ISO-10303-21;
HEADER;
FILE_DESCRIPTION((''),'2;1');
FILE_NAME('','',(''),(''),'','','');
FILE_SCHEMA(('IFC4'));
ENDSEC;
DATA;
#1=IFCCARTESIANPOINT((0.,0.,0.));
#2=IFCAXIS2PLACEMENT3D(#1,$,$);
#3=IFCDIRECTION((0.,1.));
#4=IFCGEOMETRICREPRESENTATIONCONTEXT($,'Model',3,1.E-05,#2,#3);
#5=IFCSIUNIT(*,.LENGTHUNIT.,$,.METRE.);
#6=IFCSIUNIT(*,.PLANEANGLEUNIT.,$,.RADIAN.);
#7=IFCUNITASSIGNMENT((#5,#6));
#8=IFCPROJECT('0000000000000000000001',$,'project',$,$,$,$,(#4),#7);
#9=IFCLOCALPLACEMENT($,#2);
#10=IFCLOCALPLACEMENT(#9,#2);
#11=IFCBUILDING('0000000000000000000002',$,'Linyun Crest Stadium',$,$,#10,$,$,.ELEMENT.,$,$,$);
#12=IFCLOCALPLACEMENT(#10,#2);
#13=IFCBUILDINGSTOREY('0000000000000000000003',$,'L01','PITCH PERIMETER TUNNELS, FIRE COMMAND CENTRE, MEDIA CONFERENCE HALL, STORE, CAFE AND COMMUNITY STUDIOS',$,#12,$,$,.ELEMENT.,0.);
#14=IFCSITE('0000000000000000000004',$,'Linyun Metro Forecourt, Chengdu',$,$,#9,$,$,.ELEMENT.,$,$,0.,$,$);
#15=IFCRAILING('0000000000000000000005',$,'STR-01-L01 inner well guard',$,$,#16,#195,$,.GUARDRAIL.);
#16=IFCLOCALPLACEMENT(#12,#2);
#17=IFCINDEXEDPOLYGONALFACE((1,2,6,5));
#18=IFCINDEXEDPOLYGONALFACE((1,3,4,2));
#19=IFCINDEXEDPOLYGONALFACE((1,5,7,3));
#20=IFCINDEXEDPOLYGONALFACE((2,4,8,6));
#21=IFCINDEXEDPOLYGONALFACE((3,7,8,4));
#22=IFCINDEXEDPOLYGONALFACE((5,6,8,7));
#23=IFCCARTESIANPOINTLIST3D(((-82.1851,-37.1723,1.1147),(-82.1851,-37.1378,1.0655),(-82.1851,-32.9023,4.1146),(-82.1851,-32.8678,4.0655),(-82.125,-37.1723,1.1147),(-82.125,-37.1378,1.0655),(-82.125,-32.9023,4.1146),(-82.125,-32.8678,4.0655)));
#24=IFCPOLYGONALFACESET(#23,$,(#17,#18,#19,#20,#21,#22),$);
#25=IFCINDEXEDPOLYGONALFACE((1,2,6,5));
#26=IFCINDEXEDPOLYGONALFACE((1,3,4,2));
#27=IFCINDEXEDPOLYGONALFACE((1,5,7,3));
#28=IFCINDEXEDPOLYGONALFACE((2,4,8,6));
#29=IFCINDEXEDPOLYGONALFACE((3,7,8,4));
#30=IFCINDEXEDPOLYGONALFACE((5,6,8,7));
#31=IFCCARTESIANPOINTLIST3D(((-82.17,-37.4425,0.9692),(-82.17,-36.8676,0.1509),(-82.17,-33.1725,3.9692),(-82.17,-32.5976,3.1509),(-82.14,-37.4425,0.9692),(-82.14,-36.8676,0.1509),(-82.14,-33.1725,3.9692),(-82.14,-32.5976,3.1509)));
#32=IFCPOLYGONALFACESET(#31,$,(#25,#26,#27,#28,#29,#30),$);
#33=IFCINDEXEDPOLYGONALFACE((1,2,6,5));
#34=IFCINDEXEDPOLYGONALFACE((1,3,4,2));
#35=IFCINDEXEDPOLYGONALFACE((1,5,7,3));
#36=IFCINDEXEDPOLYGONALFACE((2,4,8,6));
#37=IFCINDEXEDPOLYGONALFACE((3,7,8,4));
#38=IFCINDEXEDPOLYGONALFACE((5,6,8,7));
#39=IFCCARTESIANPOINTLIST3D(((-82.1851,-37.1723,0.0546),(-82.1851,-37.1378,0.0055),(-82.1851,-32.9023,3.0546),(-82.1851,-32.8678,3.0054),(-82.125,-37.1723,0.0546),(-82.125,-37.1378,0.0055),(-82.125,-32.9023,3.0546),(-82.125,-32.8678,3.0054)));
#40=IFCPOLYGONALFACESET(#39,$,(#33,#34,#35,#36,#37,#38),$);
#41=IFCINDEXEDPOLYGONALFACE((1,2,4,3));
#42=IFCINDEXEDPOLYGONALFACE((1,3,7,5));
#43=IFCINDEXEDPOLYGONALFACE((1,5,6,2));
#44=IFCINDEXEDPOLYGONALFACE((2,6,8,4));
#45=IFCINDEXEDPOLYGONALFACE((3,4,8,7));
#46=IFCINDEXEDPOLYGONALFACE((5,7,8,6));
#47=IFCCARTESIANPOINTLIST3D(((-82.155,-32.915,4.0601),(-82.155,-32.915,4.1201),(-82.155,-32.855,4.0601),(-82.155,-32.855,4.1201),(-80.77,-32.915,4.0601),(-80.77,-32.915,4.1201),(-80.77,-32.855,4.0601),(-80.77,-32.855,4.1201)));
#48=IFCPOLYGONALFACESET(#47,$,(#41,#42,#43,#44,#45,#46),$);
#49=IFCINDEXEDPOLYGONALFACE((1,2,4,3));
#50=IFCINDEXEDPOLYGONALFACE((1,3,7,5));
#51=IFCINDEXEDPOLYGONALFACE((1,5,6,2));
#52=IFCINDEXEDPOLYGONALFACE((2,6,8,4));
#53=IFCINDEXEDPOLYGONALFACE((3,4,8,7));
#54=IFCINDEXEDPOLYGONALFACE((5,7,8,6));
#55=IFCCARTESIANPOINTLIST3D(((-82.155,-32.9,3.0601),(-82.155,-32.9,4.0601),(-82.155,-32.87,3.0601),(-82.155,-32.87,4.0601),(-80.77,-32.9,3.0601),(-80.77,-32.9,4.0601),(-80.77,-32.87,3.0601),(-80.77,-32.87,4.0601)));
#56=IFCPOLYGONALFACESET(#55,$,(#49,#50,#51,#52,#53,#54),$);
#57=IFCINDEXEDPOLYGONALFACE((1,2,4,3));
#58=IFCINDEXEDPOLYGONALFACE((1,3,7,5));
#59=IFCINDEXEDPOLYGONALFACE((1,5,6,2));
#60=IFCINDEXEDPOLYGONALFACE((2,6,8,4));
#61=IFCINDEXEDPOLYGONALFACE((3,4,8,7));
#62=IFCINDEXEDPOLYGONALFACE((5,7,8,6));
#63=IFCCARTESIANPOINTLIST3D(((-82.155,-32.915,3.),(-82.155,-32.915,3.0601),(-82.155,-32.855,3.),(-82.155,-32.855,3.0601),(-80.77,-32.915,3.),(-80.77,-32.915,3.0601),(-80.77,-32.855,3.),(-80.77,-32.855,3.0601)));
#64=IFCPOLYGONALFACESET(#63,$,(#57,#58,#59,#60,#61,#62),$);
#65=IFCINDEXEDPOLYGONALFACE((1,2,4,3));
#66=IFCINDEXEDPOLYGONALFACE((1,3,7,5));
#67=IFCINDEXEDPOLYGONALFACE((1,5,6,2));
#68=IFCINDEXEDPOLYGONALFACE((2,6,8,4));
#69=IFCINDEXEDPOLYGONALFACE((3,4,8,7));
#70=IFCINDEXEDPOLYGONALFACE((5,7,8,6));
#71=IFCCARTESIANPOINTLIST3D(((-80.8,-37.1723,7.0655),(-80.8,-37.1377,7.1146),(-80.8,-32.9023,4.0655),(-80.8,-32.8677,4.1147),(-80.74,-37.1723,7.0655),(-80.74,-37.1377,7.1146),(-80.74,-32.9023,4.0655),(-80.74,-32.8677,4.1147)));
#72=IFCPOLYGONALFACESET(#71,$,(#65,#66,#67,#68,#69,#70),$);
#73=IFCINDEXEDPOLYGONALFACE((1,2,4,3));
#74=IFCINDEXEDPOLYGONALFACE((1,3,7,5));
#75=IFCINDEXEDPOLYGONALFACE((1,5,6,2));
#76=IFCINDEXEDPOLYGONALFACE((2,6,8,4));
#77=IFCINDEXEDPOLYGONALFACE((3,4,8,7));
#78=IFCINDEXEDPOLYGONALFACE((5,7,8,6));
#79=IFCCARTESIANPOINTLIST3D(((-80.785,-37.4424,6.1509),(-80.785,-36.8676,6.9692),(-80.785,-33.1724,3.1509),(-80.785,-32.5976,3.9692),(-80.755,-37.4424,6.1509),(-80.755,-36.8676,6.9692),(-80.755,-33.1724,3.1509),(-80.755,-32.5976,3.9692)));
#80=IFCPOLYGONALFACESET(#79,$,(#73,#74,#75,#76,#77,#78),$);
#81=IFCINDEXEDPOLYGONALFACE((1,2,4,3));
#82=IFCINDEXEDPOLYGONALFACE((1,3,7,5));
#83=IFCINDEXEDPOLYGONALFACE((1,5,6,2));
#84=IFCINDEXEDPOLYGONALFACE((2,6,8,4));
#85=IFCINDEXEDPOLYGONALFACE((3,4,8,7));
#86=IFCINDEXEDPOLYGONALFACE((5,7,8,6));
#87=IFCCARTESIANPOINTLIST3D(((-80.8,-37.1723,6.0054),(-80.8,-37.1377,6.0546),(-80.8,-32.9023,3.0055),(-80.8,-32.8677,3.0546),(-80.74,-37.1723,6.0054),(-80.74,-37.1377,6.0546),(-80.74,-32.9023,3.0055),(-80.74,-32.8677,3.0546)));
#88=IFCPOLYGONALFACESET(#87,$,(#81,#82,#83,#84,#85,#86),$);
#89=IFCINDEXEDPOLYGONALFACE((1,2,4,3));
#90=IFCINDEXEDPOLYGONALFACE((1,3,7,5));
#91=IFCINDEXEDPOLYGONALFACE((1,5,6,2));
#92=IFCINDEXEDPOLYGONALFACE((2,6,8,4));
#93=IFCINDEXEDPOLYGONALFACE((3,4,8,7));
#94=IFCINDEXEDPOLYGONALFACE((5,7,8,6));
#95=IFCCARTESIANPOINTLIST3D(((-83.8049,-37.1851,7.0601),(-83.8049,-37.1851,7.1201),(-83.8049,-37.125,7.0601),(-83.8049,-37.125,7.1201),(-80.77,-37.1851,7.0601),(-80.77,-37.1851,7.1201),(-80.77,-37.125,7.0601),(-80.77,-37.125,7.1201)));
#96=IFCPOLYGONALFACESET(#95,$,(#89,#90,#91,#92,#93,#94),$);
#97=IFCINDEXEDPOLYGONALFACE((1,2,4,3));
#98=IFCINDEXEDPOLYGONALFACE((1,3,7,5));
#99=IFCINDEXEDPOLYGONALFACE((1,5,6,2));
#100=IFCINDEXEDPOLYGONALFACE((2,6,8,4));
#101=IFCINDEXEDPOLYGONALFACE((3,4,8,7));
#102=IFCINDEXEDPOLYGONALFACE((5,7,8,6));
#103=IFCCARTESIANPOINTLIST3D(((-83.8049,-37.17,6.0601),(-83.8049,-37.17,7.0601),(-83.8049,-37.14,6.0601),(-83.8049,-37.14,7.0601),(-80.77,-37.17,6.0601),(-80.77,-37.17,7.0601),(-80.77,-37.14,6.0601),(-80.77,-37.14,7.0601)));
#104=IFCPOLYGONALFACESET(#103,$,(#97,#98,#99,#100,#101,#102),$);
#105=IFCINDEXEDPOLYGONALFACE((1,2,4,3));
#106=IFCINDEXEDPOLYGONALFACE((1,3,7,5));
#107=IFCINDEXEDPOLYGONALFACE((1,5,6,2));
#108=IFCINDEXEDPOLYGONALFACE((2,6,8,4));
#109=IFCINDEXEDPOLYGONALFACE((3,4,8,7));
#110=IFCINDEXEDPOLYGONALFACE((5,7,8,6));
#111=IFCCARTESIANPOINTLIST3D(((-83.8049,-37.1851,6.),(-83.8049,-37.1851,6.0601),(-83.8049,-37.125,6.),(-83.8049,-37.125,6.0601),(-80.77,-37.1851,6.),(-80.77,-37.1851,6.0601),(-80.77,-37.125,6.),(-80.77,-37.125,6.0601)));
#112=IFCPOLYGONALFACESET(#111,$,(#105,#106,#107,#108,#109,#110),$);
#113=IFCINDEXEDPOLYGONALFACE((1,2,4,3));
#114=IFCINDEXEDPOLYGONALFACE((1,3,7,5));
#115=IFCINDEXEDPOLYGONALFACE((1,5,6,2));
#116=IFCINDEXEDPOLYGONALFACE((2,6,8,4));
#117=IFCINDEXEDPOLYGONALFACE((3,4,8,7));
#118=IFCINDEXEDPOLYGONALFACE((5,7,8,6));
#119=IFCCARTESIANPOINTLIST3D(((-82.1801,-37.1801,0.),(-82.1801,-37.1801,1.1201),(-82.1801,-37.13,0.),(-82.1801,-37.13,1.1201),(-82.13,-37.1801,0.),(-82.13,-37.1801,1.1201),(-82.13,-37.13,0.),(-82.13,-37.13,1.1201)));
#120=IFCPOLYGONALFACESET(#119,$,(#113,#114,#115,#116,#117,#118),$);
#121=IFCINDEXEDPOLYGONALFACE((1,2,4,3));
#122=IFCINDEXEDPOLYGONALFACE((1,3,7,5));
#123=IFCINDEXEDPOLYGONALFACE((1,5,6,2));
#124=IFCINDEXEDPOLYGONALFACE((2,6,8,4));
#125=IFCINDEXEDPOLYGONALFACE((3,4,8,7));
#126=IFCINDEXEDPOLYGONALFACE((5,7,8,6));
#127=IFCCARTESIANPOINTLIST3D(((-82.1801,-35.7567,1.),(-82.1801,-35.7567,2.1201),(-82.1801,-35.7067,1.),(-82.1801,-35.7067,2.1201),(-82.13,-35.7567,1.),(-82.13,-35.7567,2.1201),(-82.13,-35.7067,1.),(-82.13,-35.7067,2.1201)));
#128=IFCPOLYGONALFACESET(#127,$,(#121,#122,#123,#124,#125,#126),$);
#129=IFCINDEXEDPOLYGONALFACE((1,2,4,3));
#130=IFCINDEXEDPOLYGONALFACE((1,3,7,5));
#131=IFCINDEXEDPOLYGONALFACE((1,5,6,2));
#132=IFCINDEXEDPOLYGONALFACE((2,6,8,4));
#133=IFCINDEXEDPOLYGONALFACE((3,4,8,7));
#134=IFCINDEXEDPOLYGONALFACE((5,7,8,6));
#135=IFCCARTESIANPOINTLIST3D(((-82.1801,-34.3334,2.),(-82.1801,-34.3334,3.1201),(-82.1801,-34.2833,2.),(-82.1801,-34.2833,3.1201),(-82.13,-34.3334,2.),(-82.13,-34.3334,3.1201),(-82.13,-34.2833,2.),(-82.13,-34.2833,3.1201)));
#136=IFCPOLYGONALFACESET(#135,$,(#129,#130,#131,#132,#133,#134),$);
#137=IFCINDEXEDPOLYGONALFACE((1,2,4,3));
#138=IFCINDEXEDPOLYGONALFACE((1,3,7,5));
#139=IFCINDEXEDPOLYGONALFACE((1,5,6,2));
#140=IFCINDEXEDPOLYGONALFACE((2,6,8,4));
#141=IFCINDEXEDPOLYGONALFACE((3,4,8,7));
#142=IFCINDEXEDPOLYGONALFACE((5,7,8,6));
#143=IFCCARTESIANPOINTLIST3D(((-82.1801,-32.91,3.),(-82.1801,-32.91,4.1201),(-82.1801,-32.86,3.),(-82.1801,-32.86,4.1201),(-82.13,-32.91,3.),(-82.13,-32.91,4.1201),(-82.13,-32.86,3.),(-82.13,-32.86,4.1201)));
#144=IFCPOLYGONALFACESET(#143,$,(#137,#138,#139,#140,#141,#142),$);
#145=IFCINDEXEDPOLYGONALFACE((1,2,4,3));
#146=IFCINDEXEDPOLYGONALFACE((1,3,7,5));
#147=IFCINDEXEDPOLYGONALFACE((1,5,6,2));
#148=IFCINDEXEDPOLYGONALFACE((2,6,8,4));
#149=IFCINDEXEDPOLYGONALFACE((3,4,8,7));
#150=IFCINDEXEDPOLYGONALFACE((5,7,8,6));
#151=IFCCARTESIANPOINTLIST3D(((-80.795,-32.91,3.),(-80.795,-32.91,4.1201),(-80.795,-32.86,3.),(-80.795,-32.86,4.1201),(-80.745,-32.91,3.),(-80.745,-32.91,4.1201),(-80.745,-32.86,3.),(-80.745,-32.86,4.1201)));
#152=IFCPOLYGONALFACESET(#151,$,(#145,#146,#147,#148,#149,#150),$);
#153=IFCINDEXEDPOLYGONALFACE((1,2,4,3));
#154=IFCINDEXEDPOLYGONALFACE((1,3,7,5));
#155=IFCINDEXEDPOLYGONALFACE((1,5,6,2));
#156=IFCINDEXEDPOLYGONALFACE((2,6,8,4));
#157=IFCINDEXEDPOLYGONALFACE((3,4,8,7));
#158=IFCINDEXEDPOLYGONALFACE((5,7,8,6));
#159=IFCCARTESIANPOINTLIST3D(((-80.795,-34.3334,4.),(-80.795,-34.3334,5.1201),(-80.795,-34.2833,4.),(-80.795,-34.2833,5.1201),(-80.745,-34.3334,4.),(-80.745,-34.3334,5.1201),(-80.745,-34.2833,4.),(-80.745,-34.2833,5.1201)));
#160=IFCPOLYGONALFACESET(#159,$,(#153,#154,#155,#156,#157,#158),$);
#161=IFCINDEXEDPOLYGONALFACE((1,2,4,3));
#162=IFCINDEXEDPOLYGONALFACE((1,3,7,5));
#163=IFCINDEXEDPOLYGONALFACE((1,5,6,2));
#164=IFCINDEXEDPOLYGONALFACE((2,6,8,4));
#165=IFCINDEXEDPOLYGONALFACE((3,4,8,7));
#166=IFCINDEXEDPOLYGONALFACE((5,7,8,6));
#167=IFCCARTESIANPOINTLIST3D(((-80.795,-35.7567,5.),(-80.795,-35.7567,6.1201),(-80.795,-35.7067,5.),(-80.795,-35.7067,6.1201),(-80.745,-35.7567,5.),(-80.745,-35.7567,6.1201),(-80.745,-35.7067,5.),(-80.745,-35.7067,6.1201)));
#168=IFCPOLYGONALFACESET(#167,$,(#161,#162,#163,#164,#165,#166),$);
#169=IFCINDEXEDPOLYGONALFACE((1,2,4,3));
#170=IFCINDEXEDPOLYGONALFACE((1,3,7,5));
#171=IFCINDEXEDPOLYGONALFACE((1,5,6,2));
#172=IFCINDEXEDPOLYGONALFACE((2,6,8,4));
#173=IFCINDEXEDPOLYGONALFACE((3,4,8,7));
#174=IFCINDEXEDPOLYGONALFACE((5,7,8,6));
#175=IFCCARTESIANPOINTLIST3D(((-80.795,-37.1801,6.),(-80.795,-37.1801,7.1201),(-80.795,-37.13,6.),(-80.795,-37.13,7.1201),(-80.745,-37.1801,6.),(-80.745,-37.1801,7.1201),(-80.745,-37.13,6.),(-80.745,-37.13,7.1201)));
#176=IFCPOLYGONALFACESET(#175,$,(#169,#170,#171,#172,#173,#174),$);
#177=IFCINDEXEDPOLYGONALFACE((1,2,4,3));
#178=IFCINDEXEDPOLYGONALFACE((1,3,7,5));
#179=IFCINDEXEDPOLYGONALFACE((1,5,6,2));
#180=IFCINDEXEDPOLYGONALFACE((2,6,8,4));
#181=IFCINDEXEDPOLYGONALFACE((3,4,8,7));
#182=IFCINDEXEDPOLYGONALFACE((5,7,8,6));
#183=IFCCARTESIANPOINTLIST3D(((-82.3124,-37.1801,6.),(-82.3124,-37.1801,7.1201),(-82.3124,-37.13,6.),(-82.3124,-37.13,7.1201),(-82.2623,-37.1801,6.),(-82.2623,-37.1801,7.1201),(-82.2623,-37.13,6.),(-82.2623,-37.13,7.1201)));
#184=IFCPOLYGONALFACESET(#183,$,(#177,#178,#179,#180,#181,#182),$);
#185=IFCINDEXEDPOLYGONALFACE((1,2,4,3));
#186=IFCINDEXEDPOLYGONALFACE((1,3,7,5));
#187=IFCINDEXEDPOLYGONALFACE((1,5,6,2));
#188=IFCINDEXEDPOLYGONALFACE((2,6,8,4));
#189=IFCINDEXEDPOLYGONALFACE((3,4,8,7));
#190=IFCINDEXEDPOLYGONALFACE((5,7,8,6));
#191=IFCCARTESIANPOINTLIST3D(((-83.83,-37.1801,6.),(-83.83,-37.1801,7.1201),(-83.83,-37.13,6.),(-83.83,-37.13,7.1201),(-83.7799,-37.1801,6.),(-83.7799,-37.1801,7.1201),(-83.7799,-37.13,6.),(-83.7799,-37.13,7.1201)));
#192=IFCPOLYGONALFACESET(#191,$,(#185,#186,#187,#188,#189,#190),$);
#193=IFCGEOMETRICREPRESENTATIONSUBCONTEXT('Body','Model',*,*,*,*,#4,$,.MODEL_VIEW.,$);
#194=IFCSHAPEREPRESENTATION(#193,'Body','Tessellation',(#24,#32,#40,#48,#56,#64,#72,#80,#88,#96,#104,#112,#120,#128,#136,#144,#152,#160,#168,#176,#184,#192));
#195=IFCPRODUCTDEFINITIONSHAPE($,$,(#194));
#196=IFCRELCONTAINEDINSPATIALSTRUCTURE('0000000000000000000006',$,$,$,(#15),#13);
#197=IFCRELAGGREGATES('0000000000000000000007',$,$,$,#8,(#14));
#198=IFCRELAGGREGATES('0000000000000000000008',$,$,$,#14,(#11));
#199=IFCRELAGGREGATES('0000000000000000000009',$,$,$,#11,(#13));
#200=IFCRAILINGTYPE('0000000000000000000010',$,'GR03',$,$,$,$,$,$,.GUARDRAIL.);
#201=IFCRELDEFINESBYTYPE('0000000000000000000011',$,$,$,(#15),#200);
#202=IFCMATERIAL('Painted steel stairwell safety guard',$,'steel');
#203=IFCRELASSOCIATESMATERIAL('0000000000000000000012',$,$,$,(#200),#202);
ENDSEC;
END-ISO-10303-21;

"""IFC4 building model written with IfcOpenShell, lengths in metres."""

from ifc_helpers import new_model, si_unit, direction, frame, origin, origin_2d, place, context, subcontext, project, spatial, rectangle, extrude, material, type_object, element, save


model = new_model("IFC4")

# Units and contexts
model_context = context("Model", 3, precision=1e-05, world=origin(), true_north=direction((0.0, 1.0)))
body_context = subcontext(model_context, "Body", "Model", "MODEL_VIEW")
ifc_project = project(units=[si_unit("LENGTHUNIT", "METRE"), si_unit("PLANEANGLEUNIT", "RADIAN")], contexts=[model_context])

# Site, building, storey
site_placement = place(None, origin())
site = spatial("IfcSite", under=ifc_project, at=site_placement, Name="Linyun Metro Forecourt, Chengdu", CompositionType="ELEMENT", RefElevation=0.0)
building_placement = place(site_placement, origin())
building = spatial("IfcBuilding", under=site, at=building_placement, Name="Linyun Crest Stadium", CompositionType="ELEMENT")
storey_placement = place(building_placement, origin())
storey = spatial("IfcBuildingStorey", under=building, at=storey_placement, Name="L01", Description="PITCH PERIMETER TUNNELS, FIRE COMMAND CENTRE, MEDIA CONFERENCE HALL, STORE, CAFE AND COMMUNITY STUDIOS", CompositionType="ELEMENT", Elevation=0.0)

# Railing
ifc_material_1 = material(Name="Painted steel stairwell safety guard", Category="steel")
railing_type_1 = type_object("IfcRailingType", Name="GR03", PredefinedType="GUARDRAIL", material=ifc_material_1)
railing_1_placement = place(storey_placement, frame((-82.155, -37.155, 0.0)))
element("IfcRailing", 1, at=railing_1_placement, inside=storey, type_object=railing_type_1, Name="STR-01-L01 inner well guard", PredefinedType="GUARDRAIL", context=body_context, shape_type="SweptSolid", body=[
    extrude(rectangle(XDim=0.0601, YDim=0.0601, at=origin_2d()), frame((0.0, 0.0, 1.0901), z_axis=(0.0, 0.818242, 0.574874), x_axis=(-1.0, 0.0, 0.0)), (0.0, 0.0, 1.0), 5.2185),
    extrude(rectangle(XDim=0.03, YDim=1.0, at=origin_2d()), frame((0.0, 0.0, 0.5601), z_axis=(0.0, 0.818242, 0.574874), x_axis=(-1.0, 0.0, 0.0)), (0.0, 0.0, 1.0), 5.2185),
    extrude(rectangle(XDim=0.0601, YDim=0.0601, at=origin_2d()), frame((0.0, 0.0, 0.03), z_axis=(0.0, 0.818242, 0.574874), x_axis=(-1.0, 0.0, 0.0)), (0.0, 0.0, 1.0), 5.2185),
    extrude(rectangle(XDim=0.0601, YDim=0.0601, at=origin_2d()), frame((0.0, 4.27, 4.0901), z_axis=(1.0, 0.0, 0.0), x_axis=(0.0, 1.0, 0.0)), (0.0, 0.0, 1.0), 1.385),
    extrude(rectangle(XDim=0.03, YDim=1.0, at=origin_2d()), frame((0.0, 4.27, 3.5601), z_axis=(1.0, 0.0, 0.0), x_axis=(0.0, 1.0, 0.0)), (0.0, 0.0, 1.0), 1.385),
    extrude(rectangle(XDim=0.0601, YDim=0.0601, at=origin_2d()), frame((0.0, 4.27, 3.03), z_axis=(1.0, 0.0, 0.0), x_axis=(0.0, 1.0, 0.0)), (0.0, 0.0, 1.0), 1.385),
    extrude(rectangle(XDim=0.0601, YDim=0.0601, at=origin_2d()), frame((1.385, 4.27, 4.0901), z_axis=(0.0, -0.818242, 0.574874), x_axis=(1.0, 0.0, 0.0)), (0.0, 0.0, 1.0), 5.2185),
    extrude(rectangle(XDim=0.03, YDim=1.0, at=origin_2d()), frame((1.385, 4.27, 3.5601), z_axis=(0.0, -0.818242, 0.574874), x_axis=(1.0, 0.0, 0.0)), (0.0, 0.0, 1.0), 5.2185),
    extrude(rectangle(XDim=0.0601, YDim=0.0601, at=origin_2d()), frame((1.385, 4.27, 3.03), z_axis=(0.0, -0.818242, 0.574874), x_axis=(1.0, 0.0, 0.0)), (0.0, 0.0, 1.0), 5.2185),
    extrude(rectangle(XDim=0.0601, YDim=0.0601, at=origin_2d()), frame((1.385, 0.0, 7.0901), z_axis=(-1.0, 0.0, 0.0), x_axis=(0.0, -1.0, 0.0)), (0.0, 0.0, 1.0), 3.0349),
    extrude(rectangle(XDim=0.03, YDim=1.0, at=origin_2d()), frame((1.385, 0.0, 6.5601), z_axis=(-1.0, 0.0, 0.0), x_axis=(0.0, -1.0, 0.0)), (0.0, 0.0, 1.0), 3.0349),
    extrude(rectangle(XDim=0.0601, YDim=0.0601, at=origin_2d()), frame((1.385, 0.0, 6.03), z_axis=(-1.0, 0.0, 0.0), x_axis=(0.0, -1.0, 0.0)), (0.0, 0.0, 1.0), 3.0349),
    extrude(rectangle(XDim=0.05, YDim=0.05, at=origin_2d()), origin(), (0.0, 0.0, 1.0), 1.1201),
    extrude(rectangle(XDim=0.05, YDim=0.05, at=origin_2d()), frame((0.0, 1.4233, 1.0)), (0.0, 0.0, 1.0), 1.1201),
    extrude(rectangle(XDim=0.05, YDim=0.05, at=origin_2d()), frame((0.0, 2.8467, 2.0)), (0.0, 0.0, 1.0), 1.1201),
    extrude(rectangle(XDim=0.05, YDim=0.05, at=origin_2d()), frame((0.0, 4.27, 3.0)), (0.0, 0.0, 1.0), 1.1201),
    extrude(rectangle(XDim=0.05, YDim=0.05, at=origin_2d()), frame((1.385, 4.27, 3.0)), (0.0, 0.0, 1.0), 1.1201),
    extrude(rectangle(XDim=0.05, YDim=0.05, at=origin_2d()), frame((1.385, 2.8467, 4.0)), (0.0, 0.0, 1.0), 1.1201),
    extrude(rectangle(XDim=0.05, YDim=0.05, at=origin_2d()), frame((1.385, 1.4233, 5.0)), (0.0, 0.0, 1.0), 1.1201),
    extrude(rectangle(XDim=0.05, YDim=0.05, at=origin_2d()), frame((1.385, 0.0, 6.0)), (0.0, 0.0, 1.0), 1.1201),
    extrude(rectangle(XDim=0.05, YDim=0.05, at=origin_2d()), frame((-0.1323, 0.0, 6.0)), (0.0, 0.0, 1.0), 1.1201),
    extrude(rectangle(XDim=0.05, YDim=0.05, at=origin_2d()), frame((-1.6499, 0.0, 6.0)), (0.0, 0.0, 1.0), 1.1201),
])

save(model, "model.ifc")
